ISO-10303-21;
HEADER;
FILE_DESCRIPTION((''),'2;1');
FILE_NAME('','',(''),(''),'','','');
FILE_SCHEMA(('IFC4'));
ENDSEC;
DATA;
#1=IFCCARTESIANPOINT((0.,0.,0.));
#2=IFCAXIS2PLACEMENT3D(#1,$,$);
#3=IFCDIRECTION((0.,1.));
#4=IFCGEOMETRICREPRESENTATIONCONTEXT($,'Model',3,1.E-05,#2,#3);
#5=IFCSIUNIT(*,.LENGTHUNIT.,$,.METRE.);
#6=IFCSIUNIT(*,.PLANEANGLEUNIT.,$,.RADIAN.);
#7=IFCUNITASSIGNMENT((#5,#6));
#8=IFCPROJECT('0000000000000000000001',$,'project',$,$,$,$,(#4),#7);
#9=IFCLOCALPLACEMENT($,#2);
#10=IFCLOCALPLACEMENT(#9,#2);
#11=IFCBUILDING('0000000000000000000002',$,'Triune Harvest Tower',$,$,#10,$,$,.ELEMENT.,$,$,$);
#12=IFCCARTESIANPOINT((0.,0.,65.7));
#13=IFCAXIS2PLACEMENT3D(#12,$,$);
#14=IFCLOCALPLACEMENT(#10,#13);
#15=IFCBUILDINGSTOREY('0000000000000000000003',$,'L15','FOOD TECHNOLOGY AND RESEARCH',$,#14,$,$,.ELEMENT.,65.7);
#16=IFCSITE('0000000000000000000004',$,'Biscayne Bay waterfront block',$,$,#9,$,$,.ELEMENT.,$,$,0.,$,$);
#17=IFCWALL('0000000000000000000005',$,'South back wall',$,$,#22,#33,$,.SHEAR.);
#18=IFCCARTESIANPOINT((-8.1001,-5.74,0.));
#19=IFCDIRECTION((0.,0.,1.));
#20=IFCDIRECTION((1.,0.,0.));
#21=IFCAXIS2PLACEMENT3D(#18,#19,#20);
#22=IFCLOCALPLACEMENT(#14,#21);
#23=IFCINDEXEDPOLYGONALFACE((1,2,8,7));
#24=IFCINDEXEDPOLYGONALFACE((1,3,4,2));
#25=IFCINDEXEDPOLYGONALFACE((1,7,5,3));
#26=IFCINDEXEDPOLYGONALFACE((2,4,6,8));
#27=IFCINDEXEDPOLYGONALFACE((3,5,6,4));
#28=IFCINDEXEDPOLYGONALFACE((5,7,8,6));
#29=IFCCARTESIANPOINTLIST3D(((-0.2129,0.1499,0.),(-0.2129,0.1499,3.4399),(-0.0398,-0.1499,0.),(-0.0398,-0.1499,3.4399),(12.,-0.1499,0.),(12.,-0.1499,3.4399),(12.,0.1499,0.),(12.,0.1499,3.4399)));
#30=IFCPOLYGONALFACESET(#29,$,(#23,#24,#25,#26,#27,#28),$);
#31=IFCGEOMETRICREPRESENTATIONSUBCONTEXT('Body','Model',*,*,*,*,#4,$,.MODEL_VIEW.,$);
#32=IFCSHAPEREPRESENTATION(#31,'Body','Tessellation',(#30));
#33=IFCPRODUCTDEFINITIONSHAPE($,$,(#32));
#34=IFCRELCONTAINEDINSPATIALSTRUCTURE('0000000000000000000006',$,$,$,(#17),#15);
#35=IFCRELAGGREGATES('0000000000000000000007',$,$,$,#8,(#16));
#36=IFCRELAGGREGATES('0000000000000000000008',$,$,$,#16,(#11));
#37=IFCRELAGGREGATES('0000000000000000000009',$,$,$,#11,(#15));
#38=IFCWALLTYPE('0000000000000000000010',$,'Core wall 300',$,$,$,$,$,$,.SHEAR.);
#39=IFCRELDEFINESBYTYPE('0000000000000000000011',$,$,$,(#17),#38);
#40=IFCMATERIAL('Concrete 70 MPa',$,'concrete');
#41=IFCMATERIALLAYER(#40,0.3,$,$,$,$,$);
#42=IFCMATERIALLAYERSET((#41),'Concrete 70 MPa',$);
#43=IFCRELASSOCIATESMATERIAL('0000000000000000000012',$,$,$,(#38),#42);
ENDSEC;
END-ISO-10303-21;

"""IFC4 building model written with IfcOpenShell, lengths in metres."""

from ifc_helpers import new_model, si_unit, direction, frame, origin, place, context, subcontext, project, spatial, polyline, outline, extrude, source, transform, mapped, material, layer, layer_set, type_object, element, save


model = new_model("IFC4")

# Units and contexts
model_context = context("Model", 3, precision=1e-05, world=origin(), true_north=direction((0.0, 1.0)))
body_context = subcontext(model_context, "Body", "Model", "MODEL_VIEW")
ifc_project = project(units=[si_unit("LENGTHUNIT", "METRE"), si_unit("PLANEANGLEUNIT", "RADIAN")], contexts=[model_context])

# Site, building, storey
site_placement = place(None, origin())
site = spatial("IfcSite", under=ifc_project, at=site_placement, Name="Biscayne Bay waterfront block", CompositionType="ELEMENT", RefElevation=0.0)
building_placement = place(site_placement, origin())
building = spatial("IfcBuilding", under=site, at=building_placement, Name="Triune Harvest Tower", CompositionType="ELEMENT")
storey_placement = place(building_placement, frame((0.0, 0.0, 65.7)))
storey = spatial("IfcBuildingStorey", under=building, at=storey_placement, Name="L15", Description="FOOD TECHNOLOGY AND RESEARCH", CompositionType="ELEMENT", Elevation=65.7)

# Shared definitions
ifc_material_1 = material(Name="Concrete 70 MPa", Category="concrete")
ifc_layer_1 = layer(ifc_material_1, 0.3)
ifc_layer_set_1 = layer_set([ifc_layer_1], Name="Concrete 70 MPa")
wall_type_1 = type_object("IfcWallType", Name="Core wall 300", PredefinedType="SHEAR", material=ifc_layer_set_1)

# Wall
shared_shape_1 = source(origin(), body_context, "Body", "SweptSolid", [
    extrude(outline(polyline([(12.0, -0.1499), (-0.0398, -0.1499), (-0.2129, 0.1499), (12.0, 0.1499), (12.0, -0.1499)])), origin(), (0.0, 0.0, 1.0), 3.4399),
])
wall_1_placement = place(storey_placement, frame((-8.1001, -5.74, 0.0), z_axis=(0.0, 0.0, 1.0), x_axis=(1.0, 0.0, 0.0)))
element("IfcWall", 1, at=wall_1_placement, inside=storey, type_object=wall_type_1, Name="South back wall", PredefinedType="SHEAR", context=body_context, shape_type="MappedRepresentation", body=[
    mapped(shared_shape_1, transform((0.0, 0.0, 0.0), scale=1.0)),
])

save(model, "model.ifc")
